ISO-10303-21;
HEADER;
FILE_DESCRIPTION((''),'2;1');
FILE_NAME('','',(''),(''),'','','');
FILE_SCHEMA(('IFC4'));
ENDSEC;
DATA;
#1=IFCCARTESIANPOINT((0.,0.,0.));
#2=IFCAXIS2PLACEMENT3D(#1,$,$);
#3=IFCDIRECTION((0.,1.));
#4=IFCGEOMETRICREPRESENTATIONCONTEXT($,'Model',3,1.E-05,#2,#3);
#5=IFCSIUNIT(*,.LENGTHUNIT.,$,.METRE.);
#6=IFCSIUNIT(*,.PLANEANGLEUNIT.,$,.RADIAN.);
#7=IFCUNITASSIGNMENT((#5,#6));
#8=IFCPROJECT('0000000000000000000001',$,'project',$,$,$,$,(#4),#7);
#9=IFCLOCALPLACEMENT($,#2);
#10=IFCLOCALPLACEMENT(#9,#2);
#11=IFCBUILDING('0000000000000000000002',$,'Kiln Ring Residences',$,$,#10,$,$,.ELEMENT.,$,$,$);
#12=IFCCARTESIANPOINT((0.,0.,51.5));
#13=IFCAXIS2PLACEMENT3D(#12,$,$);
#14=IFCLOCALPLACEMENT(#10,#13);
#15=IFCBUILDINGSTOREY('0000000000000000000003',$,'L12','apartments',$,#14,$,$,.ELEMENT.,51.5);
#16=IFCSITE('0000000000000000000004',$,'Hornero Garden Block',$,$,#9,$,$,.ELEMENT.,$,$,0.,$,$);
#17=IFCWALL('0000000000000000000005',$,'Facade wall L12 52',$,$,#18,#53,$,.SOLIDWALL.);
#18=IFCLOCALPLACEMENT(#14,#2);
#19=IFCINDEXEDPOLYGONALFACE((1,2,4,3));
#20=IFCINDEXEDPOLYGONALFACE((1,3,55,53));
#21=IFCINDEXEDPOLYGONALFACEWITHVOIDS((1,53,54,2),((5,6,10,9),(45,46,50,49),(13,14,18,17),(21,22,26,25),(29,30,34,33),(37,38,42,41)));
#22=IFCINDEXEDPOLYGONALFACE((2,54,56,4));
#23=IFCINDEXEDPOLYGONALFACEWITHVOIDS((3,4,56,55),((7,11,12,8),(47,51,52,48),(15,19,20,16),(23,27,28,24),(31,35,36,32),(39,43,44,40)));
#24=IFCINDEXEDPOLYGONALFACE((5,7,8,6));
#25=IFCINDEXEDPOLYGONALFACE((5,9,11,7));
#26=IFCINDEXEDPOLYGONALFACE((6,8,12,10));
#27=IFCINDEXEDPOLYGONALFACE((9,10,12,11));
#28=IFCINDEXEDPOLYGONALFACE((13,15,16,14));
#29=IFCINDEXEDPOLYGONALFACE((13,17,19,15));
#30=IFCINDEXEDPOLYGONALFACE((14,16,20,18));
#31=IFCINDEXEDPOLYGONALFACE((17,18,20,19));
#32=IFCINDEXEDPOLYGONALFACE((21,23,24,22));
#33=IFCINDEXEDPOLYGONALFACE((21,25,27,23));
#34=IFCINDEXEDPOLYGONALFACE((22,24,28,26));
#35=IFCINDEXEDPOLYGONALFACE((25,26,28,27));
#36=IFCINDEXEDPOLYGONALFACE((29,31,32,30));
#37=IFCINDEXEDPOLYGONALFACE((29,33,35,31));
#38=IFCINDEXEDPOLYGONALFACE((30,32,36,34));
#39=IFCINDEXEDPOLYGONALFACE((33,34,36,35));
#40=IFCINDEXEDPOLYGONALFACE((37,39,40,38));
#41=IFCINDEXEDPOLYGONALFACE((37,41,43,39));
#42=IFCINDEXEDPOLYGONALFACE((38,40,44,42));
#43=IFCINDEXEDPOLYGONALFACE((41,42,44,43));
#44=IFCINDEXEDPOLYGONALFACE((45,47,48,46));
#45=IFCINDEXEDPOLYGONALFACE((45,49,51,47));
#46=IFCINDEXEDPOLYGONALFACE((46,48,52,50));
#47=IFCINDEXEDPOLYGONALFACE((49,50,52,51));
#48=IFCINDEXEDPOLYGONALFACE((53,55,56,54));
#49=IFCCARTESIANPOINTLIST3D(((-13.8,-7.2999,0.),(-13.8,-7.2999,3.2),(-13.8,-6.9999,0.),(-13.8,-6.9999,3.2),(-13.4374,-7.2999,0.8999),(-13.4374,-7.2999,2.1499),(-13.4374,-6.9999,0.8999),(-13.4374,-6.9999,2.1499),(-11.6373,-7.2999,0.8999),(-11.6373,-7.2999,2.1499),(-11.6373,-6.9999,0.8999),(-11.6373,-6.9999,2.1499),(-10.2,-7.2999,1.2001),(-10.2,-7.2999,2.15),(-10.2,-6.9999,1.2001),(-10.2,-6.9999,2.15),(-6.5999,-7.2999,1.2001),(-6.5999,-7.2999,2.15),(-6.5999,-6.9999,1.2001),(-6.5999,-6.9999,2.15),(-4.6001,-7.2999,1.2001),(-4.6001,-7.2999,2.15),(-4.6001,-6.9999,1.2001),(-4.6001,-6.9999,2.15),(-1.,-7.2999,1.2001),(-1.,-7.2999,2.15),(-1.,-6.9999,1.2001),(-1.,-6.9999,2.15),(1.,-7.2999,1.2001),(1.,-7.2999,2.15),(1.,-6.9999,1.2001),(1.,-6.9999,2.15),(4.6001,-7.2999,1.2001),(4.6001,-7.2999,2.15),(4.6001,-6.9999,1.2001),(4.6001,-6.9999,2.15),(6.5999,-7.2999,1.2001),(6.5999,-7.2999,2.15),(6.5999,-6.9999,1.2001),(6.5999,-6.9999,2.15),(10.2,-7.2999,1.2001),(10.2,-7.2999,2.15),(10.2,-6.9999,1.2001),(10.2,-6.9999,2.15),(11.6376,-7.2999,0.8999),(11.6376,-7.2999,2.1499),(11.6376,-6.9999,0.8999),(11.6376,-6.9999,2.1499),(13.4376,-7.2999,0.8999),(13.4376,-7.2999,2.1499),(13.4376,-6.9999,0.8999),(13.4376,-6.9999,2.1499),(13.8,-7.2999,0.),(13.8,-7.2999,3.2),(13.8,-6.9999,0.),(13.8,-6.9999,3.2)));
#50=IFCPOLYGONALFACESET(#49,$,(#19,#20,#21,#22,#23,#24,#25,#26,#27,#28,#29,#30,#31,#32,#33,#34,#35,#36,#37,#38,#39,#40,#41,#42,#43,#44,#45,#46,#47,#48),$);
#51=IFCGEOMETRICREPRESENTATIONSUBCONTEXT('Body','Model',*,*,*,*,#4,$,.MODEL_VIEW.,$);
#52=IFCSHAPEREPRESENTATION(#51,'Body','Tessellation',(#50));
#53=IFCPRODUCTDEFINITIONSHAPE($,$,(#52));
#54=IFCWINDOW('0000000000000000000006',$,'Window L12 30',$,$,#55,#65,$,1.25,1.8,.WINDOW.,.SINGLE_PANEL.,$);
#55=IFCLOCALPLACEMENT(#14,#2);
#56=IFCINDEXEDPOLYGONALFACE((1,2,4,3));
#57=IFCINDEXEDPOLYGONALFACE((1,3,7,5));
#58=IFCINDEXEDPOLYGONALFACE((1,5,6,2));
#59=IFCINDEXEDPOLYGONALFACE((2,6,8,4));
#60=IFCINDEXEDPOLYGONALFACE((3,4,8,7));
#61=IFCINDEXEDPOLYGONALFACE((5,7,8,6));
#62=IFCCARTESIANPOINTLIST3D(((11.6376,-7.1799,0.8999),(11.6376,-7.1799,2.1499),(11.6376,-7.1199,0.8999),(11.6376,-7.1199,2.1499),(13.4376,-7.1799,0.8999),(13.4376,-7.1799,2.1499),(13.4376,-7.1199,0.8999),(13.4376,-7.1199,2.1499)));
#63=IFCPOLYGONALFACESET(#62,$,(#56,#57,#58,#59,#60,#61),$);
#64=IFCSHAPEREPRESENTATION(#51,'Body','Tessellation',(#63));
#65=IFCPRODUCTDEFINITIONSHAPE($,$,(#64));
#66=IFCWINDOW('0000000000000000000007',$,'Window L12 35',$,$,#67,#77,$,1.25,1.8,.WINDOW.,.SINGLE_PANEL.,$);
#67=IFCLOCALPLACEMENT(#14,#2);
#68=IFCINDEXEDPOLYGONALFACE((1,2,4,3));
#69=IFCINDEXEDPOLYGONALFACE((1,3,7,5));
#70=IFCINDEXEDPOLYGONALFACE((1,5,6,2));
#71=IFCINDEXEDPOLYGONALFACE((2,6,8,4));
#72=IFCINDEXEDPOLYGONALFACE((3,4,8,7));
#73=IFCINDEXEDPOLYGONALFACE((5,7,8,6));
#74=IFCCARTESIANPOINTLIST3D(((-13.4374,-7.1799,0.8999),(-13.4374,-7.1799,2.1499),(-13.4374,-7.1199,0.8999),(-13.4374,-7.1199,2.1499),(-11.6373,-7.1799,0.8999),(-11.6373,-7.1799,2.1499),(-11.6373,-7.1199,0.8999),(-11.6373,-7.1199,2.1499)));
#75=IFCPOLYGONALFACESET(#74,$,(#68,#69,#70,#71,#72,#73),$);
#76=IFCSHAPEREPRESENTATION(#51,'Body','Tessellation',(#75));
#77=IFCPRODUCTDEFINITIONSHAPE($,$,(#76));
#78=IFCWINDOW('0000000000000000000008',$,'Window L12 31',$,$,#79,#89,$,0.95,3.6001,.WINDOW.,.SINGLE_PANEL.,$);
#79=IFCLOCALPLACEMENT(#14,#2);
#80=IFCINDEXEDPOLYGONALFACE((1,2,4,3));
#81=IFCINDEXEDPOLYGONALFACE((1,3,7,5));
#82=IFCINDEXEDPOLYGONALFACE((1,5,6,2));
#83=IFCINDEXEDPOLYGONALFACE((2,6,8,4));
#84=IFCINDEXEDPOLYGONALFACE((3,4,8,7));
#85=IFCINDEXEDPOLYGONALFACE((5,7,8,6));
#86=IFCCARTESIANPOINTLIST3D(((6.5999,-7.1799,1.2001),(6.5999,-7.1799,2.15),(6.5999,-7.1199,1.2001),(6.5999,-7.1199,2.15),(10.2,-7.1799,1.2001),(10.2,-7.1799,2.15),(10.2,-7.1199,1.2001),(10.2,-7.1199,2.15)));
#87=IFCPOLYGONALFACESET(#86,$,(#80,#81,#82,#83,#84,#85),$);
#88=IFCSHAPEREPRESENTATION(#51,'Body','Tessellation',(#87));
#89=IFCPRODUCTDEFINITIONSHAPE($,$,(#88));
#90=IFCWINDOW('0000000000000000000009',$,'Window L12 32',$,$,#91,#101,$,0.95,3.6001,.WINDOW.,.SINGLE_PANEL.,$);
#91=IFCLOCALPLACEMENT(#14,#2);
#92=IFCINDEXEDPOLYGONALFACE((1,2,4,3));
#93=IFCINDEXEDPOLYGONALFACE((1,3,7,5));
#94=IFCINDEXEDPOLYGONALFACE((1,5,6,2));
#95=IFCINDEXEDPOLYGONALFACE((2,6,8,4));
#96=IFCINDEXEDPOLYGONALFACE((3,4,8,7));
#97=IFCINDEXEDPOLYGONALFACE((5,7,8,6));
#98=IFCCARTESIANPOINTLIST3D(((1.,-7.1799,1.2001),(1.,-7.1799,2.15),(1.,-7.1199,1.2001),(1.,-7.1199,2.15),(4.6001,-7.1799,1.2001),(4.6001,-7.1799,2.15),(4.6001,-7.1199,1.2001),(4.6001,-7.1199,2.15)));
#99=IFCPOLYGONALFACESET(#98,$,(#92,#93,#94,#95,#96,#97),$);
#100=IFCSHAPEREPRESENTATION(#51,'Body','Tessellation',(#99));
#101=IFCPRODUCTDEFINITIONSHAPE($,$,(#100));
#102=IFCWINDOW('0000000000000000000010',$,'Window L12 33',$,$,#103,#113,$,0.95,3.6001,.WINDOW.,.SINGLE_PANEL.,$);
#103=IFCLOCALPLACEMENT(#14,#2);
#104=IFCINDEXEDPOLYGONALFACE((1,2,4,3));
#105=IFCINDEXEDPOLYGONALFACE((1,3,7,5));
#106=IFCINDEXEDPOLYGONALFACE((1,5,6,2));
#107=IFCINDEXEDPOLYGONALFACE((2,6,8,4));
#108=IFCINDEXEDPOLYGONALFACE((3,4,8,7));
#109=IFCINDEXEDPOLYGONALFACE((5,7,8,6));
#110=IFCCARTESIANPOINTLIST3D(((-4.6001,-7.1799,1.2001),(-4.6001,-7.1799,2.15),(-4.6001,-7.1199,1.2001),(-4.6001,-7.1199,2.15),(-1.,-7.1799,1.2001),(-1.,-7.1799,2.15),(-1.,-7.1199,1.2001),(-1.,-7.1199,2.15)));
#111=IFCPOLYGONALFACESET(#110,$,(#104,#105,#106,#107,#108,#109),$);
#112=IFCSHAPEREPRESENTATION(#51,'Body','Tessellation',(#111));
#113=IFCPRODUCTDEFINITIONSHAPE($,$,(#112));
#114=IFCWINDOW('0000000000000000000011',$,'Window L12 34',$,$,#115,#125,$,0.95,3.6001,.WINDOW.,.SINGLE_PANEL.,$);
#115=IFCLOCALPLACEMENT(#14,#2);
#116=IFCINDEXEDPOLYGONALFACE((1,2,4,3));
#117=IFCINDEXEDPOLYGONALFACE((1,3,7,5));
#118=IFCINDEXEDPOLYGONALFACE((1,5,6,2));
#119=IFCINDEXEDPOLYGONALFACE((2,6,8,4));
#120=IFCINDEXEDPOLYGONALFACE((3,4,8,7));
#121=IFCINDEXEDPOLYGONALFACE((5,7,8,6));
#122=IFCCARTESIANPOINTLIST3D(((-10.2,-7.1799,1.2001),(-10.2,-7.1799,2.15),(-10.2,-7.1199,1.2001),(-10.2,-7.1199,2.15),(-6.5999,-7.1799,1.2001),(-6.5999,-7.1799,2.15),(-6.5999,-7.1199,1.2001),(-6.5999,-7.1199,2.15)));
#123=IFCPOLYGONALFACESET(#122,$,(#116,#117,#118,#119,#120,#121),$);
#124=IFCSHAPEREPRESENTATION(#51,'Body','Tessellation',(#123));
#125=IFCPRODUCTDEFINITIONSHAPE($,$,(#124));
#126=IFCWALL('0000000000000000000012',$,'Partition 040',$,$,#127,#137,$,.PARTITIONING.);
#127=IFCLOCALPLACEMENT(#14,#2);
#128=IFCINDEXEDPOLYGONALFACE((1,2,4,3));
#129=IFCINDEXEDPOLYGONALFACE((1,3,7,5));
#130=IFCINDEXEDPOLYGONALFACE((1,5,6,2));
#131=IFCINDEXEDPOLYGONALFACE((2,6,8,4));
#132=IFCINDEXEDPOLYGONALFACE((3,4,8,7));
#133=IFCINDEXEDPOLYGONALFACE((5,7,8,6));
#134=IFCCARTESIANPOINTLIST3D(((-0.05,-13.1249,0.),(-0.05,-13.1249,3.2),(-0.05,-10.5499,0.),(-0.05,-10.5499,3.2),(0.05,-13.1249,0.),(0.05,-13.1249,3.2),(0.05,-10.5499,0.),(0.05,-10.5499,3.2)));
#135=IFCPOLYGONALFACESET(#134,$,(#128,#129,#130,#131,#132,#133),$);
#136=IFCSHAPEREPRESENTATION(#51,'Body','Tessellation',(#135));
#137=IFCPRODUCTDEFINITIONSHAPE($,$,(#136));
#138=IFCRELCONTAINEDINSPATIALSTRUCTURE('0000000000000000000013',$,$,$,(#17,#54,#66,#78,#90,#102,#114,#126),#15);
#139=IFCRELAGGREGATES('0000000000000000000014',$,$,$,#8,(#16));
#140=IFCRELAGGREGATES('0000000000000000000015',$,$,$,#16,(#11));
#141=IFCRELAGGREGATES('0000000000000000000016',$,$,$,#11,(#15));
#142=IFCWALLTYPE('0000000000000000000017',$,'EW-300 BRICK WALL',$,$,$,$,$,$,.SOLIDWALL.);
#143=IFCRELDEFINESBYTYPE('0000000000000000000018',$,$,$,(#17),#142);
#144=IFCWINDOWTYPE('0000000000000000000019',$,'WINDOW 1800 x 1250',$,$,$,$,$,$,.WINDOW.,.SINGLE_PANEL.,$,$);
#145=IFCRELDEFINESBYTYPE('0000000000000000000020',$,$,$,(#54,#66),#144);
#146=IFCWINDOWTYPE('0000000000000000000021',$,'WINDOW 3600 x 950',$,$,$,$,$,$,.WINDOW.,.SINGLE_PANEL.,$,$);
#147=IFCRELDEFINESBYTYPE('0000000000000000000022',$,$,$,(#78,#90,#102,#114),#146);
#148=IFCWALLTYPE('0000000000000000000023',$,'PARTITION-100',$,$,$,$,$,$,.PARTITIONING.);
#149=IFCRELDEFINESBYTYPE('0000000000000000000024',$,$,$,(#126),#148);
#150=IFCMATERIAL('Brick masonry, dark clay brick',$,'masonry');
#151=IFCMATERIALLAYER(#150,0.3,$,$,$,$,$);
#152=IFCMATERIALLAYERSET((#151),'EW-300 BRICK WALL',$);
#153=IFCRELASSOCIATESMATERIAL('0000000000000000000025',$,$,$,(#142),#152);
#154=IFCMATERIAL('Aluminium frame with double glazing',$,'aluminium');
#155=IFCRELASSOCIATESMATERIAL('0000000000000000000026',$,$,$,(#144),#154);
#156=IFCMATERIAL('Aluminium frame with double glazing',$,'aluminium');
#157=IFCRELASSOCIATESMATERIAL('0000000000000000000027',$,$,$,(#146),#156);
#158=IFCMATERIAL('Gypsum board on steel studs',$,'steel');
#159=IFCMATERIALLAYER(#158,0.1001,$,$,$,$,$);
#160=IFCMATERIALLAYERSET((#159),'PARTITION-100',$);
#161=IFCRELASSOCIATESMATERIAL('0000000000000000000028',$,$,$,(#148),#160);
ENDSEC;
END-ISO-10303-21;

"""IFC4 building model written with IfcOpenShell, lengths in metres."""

from ifc_helpers import new_model, si_unit, direction, frame, frame_2d, origin, place, context, subcontext, project, spatial, rectangle, extrude, material, layer, layer_set, type_object, element, fill, save


model = new_model("IFC4")

# Units and contexts
model_context = context("Model", 3, precision=1e-05, world=origin(), true_north=direction((0.0, 1.0)))
body_context = subcontext(model_context, "Body", "Model", "MODEL_VIEW")
ifc_project = project(units=[si_unit("LENGTHUNIT", "METRE"), si_unit("PLANEANGLEUNIT", "RADIAN")], contexts=[model_context])

# Site, building, storey
site_placement = place(None, origin())
site = spatial("IfcSite", under=ifc_project, at=site_placement, Name="Hornero Garden Block", CompositionType="ELEMENT", RefElevation=0.0)
building_placement = place(site_placement, origin())
building = spatial("IfcBuilding", under=site, at=building_placement, Name="Kiln Ring Residences", CompositionType="ELEMENT")
storey_placement = place(building_placement, frame((0.0, 0.0, 51.5)))
storey = spatial("IfcBuildingStorey", under=building, at=storey_placement, Name="L12", Description="apartments", CompositionType="ELEMENT", Elevation=51.5)

# Wall, openings, windows
ifc_material_1 = material(Name="Brick masonry, dark clay brick", Category="masonry")
ifc_layer_1 = layer(ifc_material_1, 0.3)
ifc_layer_set_1 = layer_set([ifc_layer_1], Name="EW-300 BRICK WALL")
wall_type_1 = type_object("IfcWallType", Name="EW-300 BRICK WALL", PredefinedType="SOLIDWALL", material=ifc_layer_set_1)
wall_1_placement = place(storey_placement, frame((13.8, -7.1499, 0.0), z_axis=(0.0, 0.0, 1.0), x_axis=(-1.0, 0.0, 0.0)))
wall_1 = element("IfcWall", 1, at=wall_1_placement, inside=storey, type_object=wall_type_1, Name="Facade wall L12 52", PredefinedType="SOLIDWALL", context=body_context, shape_type="SweptSolid", body=[
    extrude(rectangle(XDim=27.6001, YDim=0.3, at=frame_2d((13.8, 0.0))), origin(), (0.0, 0.0, 1.0), 3.2),
])
opening_1_placement = place(wall_1_placement, frame((0.3625, 0.0, 0.8999)))
opening_1 = element("IfcOpeningElement", 2, at=opening_1_placement, cuts=wall_1, PredefinedType="OPENING", context=body_context, shape_type="SweptSolid", body=[
    extrude(rectangle(XDim=1.8, YDim=1.25, at=frame_2d((0.8999, 0.625))), frame((0.0, 0.1599, 0.0), z_axis=(0.0, -1.0, 0.0), x_axis=(1.0, 0.0, 0.0)), (0.0, 0.0, 1.0), 0.3201),
])
opening_2_placement = place(wall_1_placement, frame((3.6001, 0.0, 1.2)))
opening_2 = element("IfcOpeningElement", 3, at=opening_2_placement, cuts=wall_1, PredefinedType="OPENING", context=body_context, shape_type="SweptSolid", body=[
    extrude(rectangle(XDim=3.6001, YDim=0.95, at=frame_2d((1.8, 0.4751))), frame((0.0, 0.1599, 0.0), z_axis=(0.0, -1.0, 0.0), x_axis=(1.0, 0.0, 0.0)), (0.0, 0.0, 1.0), 0.3201),
])
opening_3_placement = place(wall_1_placement, frame((9.2, 0.0, 1.2)))
opening_3 = element("IfcOpeningElement", 4, at=opening_3_placement, cuts=wall_1, PredefinedType="OPENING", context=body_context, shape_type="SweptSolid", body=[
    extrude(rectangle(XDim=3.6001, YDim=0.95, at=frame_2d((1.8, 0.4751))), frame((0.0, 0.1599, 0.0), z_axis=(0.0, -1.0, 0.0), x_axis=(1.0, 0.0, 0.0)), (0.0, 0.0, 1.0), 0.3201),
])
opening_4_placement = place(wall_1_placement, frame((14.8, 0.0, 1.2)))
opening_4 = element("IfcOpeningElement", 5, at=opening_4_placement, cuts=wall_1, PredefinedType="OPENING", context=body_context, shape_type="SweptSolid", body=[
    extrude(rectangle(XDim=3.6001, YDim=0.95, at=frame_2d((1.8, 0.4751))), frame((0.0, 0.1599, 0.0), z_axis=(0.0, -1.0, 0.0), x_axis=(1.0, 0.0, 0.0)), (0.0, 0.0, 1.0), 0.3201),
])
opening_5_placement = place(wall_1_placement, frame((20.3999, 0.0, 1.2)))
opening_5 = element("IfcOpeningElement", 6, at=opening_5_placement, cuts=wall_1, PredefinedType="OPENING", context=body_context, shape_type="SweptSolid", body=[
    extrude(rectangle(XDim=3.6001, YDim=0.95, at=frame_2d((1.8, 0.4751))), frame((0.0, 0.1599, 0.0), z_axis=(0.0, -1.0, 0.0), x_axis=(1.0, 0.0, 0.0)), (0.0, 0.0, 1.0), 0.3201),
])
opening_6_placement = place(wall_1_placement, frame((25.4375, 0.0, 0.8999)))
opening_6 = element("IfcOpeningElement", 7, at=opening_6_placement, cuts=wall_1, PredefinedType="OPENING", context=body_context, shape_type="SweptSolid", body=[
    extrude(rectangle(XDim=1.8, YDim=1.25, at=frame_2d((0.8999, 0.625))), frame((0.0, 0.1599, 0.0), z_axis=(0.0, -1.0, 0.0), x_axis=(1.0, 0.0, 0.0)), (0.0, 0.0, 1.0), 0.3201),
])
ifc_material_2 = material(Name="Aluminium frame with double glazing", Category="aluminium")
window_type_1 = type_object("IfcWindowType", Name="WINDOW 1800 x 1250", PartitioningType="SINGLE_PANEL", PredefinedType="WINDOW", material=ifc_material_2)
window_1_placement = place(opening_1_placement, origin())
window_1 = element("IfcWindow", 8, at=window_1_placement, inside=storey, type_object=window_type_1, Name="Window L12 30", OverallHeight=1.25, OverallWidth=1.8, PartitioningType="SINGLE_PANEL", PredefinedType="WINDOW", context=body_context, shape_type="SweptSolid", body=[
    extrude(rectangle(XDim=1.8, YDim=1.25, at=frame_2d((0.8999, 0.625))), frame((0.0, 0.03, 0.0), z_axis=(0.0, -1.0, 0.0), x_axis=(1.0, 0.0, 0.0)), (0.0, 0.0, 1.0), 0.0601),
])
fill(opening_1, window_1)
window_2_placement = place(opening_6_placement, origin())
window_2 = element("IfcWindow", 9, at=window_2_placement, inside=storey, type_object=window_type_1, Name="Window L12 35", OverallHeight=1.25, OverallWidth=1.8, PartitioningType="SINGLE_PANEL", PredefinedType="WINDOW", context=body_context, shape_type="SweptSolid", body=[
    extrude(rectangle(XDim=1.8, YDim=1.25, at=frame_2d((0.8999, 0.625))), frame((0.0, 0.03, 0.0), z_axis=(0.0, -1.0, 0.0), x_axis=(1.0, 0.0, 0.0)), (0.0, 0.0, 1.0), 0.0601),
])
fill(opening_6, window_2)
ifc_material_3 = material(Name="Aluminium frame with double glazing", Category="aluminium")
window_type_2 = type_object("IfcWindowType", Name="WINDOW 3600 x 950", PartitioningType="SINGLE_PANEL", PredefinedType="WINDOW", material=ifc_material_3)
window_3_placement = place(opening_2_placement, origin())
window_3 = element("IfcWindow", 10, at=window_3_placement, inside=storey, type_object=window_type_2, Name="Window L12 31", OverallHeight=0.95, OverallWidth=3.6001, PartitioningType="SINGLE_PANEL", PredefinedType="WINDOW", context=body_context, shape_type="SweptSolid", body=[
    extrude(rectangle(XDim=3.6001, YDim=0.95, at=frame_2d((1.8, 0.4751))), frame((0.0, 0.03, 0.0), z_axis=(0.0, -1.0, 0.0), x_axis=(1.0, 0.0, 0.0)), (0.0, 0.0, 1.0), 0.0601),
])
fill(opening_2, window_3)
window_4_placement = place(opening_3_placement, origin())
window_4 = element("IfcWindow", 11, at=window_4_placement, inside=storey, type_object=window_type_2, Name="Window L12 32", OverallHeight=0.95, OverallWidth=3.6001, PartitioningType="SINGLE_PANEL", PredefinedType="WINDOW", context=body_context, shape_type="SweptSolid", body=[
    extrude(rectangle(XDim=3.6001, YDim=0.95, at=frame_2d((1.8, 0.4751))), frame((0.0, 0.03, 0.0), z_axis=(0.0, -1.0, 0.0), x_axis=(1.0, 0.0, 0.0)), (0.0, 0.0, 1.0), 0.0601),
])
fill(opening_3, window_4)
window_5_placement = place(opening_4_placement, origin())
window_5 = element("IfcWindow", 12, at=window_5_placement, inside=storey, type_object=window_type_2, Name="Window L12 33", OverallHeight=0.95, OverallWidth=3.6001, PartitioningType="SINGLE_PANEL", PredefinedType="WINDOW", context=body_context, shape_type="SweptSolid", body=[
    extrude(rectangle(XDim=3.6001, YDim=0.95, at=frame_2d((1.8, 0.4751))), frame((0.0, 0.03, 0.0), z_axis=(0.0, -1.0, 0.0), x_axis=(1.0, 0.0, 0.0)), (0.0, 0.0, 1.0), 0.0601),
])
fill(opening_4, window_5)
window_6_placement = place(opening_5_placement, origin())
window_6 = element("IfcWindow", 13, at=window_6_placement, inside=storey, type_object=window_type_2, Name="Window L12 34", OverallHeight=0.95, OverallWidth=3.6001, PartitioningType="SINGLE_PANEL", PredefinedType="WINDOW", context=body_context, shape_type="SweptSolid", body=[
    extrude(rectangle(XDim=3.6001, YDim=0.95, at=frame_2d((1.8, 0.4751))), frame((0.0, 0.03, 0.0), z_axis=(0.0, -1.0, 0.0), x_axis=(1.0, 0.0, 0.0)), (0.0, 0.0, 1.0), 0.0601),
])
fill(opening_5, window_6)

# Wall
ifc_material_4 = material(Name="Gypsum board on steel studs", Category="steel")
ifc_layer_2 = layer(ifc_material_4, 0.1001)
ifc_layer_set_2 = layer_set([ifc_layer_2], Name="PARTITION-100")
wall_type_2 = type_object("IfcWallType", Name="PARTITION-100", PredefinedType="PARTITIONING", material=ifc_layer_set_2)
wall_2_placement = place(storey_placement, frame((0.0, -13.125, 0.0), z_axis=(0.0, 0.0, 1.0), x_axis=(0.0, 1.0, 0.0)))
element("IfcWall", 14, at=wall_2_placement, inside=storey, type_object=wall_type_2, Name="Partition 040", PredefinedType="PARTITIONING", context=body_context, shape_type="SweptSolid", body=[
    extrude(rectangle(XDim=2.575, YDim=0.1001, at=frame_2d((1.2876, 0.0))), origin(), (0.0, 0.0, 1.0), 3.2),
])

save(model, "model.ifc")
